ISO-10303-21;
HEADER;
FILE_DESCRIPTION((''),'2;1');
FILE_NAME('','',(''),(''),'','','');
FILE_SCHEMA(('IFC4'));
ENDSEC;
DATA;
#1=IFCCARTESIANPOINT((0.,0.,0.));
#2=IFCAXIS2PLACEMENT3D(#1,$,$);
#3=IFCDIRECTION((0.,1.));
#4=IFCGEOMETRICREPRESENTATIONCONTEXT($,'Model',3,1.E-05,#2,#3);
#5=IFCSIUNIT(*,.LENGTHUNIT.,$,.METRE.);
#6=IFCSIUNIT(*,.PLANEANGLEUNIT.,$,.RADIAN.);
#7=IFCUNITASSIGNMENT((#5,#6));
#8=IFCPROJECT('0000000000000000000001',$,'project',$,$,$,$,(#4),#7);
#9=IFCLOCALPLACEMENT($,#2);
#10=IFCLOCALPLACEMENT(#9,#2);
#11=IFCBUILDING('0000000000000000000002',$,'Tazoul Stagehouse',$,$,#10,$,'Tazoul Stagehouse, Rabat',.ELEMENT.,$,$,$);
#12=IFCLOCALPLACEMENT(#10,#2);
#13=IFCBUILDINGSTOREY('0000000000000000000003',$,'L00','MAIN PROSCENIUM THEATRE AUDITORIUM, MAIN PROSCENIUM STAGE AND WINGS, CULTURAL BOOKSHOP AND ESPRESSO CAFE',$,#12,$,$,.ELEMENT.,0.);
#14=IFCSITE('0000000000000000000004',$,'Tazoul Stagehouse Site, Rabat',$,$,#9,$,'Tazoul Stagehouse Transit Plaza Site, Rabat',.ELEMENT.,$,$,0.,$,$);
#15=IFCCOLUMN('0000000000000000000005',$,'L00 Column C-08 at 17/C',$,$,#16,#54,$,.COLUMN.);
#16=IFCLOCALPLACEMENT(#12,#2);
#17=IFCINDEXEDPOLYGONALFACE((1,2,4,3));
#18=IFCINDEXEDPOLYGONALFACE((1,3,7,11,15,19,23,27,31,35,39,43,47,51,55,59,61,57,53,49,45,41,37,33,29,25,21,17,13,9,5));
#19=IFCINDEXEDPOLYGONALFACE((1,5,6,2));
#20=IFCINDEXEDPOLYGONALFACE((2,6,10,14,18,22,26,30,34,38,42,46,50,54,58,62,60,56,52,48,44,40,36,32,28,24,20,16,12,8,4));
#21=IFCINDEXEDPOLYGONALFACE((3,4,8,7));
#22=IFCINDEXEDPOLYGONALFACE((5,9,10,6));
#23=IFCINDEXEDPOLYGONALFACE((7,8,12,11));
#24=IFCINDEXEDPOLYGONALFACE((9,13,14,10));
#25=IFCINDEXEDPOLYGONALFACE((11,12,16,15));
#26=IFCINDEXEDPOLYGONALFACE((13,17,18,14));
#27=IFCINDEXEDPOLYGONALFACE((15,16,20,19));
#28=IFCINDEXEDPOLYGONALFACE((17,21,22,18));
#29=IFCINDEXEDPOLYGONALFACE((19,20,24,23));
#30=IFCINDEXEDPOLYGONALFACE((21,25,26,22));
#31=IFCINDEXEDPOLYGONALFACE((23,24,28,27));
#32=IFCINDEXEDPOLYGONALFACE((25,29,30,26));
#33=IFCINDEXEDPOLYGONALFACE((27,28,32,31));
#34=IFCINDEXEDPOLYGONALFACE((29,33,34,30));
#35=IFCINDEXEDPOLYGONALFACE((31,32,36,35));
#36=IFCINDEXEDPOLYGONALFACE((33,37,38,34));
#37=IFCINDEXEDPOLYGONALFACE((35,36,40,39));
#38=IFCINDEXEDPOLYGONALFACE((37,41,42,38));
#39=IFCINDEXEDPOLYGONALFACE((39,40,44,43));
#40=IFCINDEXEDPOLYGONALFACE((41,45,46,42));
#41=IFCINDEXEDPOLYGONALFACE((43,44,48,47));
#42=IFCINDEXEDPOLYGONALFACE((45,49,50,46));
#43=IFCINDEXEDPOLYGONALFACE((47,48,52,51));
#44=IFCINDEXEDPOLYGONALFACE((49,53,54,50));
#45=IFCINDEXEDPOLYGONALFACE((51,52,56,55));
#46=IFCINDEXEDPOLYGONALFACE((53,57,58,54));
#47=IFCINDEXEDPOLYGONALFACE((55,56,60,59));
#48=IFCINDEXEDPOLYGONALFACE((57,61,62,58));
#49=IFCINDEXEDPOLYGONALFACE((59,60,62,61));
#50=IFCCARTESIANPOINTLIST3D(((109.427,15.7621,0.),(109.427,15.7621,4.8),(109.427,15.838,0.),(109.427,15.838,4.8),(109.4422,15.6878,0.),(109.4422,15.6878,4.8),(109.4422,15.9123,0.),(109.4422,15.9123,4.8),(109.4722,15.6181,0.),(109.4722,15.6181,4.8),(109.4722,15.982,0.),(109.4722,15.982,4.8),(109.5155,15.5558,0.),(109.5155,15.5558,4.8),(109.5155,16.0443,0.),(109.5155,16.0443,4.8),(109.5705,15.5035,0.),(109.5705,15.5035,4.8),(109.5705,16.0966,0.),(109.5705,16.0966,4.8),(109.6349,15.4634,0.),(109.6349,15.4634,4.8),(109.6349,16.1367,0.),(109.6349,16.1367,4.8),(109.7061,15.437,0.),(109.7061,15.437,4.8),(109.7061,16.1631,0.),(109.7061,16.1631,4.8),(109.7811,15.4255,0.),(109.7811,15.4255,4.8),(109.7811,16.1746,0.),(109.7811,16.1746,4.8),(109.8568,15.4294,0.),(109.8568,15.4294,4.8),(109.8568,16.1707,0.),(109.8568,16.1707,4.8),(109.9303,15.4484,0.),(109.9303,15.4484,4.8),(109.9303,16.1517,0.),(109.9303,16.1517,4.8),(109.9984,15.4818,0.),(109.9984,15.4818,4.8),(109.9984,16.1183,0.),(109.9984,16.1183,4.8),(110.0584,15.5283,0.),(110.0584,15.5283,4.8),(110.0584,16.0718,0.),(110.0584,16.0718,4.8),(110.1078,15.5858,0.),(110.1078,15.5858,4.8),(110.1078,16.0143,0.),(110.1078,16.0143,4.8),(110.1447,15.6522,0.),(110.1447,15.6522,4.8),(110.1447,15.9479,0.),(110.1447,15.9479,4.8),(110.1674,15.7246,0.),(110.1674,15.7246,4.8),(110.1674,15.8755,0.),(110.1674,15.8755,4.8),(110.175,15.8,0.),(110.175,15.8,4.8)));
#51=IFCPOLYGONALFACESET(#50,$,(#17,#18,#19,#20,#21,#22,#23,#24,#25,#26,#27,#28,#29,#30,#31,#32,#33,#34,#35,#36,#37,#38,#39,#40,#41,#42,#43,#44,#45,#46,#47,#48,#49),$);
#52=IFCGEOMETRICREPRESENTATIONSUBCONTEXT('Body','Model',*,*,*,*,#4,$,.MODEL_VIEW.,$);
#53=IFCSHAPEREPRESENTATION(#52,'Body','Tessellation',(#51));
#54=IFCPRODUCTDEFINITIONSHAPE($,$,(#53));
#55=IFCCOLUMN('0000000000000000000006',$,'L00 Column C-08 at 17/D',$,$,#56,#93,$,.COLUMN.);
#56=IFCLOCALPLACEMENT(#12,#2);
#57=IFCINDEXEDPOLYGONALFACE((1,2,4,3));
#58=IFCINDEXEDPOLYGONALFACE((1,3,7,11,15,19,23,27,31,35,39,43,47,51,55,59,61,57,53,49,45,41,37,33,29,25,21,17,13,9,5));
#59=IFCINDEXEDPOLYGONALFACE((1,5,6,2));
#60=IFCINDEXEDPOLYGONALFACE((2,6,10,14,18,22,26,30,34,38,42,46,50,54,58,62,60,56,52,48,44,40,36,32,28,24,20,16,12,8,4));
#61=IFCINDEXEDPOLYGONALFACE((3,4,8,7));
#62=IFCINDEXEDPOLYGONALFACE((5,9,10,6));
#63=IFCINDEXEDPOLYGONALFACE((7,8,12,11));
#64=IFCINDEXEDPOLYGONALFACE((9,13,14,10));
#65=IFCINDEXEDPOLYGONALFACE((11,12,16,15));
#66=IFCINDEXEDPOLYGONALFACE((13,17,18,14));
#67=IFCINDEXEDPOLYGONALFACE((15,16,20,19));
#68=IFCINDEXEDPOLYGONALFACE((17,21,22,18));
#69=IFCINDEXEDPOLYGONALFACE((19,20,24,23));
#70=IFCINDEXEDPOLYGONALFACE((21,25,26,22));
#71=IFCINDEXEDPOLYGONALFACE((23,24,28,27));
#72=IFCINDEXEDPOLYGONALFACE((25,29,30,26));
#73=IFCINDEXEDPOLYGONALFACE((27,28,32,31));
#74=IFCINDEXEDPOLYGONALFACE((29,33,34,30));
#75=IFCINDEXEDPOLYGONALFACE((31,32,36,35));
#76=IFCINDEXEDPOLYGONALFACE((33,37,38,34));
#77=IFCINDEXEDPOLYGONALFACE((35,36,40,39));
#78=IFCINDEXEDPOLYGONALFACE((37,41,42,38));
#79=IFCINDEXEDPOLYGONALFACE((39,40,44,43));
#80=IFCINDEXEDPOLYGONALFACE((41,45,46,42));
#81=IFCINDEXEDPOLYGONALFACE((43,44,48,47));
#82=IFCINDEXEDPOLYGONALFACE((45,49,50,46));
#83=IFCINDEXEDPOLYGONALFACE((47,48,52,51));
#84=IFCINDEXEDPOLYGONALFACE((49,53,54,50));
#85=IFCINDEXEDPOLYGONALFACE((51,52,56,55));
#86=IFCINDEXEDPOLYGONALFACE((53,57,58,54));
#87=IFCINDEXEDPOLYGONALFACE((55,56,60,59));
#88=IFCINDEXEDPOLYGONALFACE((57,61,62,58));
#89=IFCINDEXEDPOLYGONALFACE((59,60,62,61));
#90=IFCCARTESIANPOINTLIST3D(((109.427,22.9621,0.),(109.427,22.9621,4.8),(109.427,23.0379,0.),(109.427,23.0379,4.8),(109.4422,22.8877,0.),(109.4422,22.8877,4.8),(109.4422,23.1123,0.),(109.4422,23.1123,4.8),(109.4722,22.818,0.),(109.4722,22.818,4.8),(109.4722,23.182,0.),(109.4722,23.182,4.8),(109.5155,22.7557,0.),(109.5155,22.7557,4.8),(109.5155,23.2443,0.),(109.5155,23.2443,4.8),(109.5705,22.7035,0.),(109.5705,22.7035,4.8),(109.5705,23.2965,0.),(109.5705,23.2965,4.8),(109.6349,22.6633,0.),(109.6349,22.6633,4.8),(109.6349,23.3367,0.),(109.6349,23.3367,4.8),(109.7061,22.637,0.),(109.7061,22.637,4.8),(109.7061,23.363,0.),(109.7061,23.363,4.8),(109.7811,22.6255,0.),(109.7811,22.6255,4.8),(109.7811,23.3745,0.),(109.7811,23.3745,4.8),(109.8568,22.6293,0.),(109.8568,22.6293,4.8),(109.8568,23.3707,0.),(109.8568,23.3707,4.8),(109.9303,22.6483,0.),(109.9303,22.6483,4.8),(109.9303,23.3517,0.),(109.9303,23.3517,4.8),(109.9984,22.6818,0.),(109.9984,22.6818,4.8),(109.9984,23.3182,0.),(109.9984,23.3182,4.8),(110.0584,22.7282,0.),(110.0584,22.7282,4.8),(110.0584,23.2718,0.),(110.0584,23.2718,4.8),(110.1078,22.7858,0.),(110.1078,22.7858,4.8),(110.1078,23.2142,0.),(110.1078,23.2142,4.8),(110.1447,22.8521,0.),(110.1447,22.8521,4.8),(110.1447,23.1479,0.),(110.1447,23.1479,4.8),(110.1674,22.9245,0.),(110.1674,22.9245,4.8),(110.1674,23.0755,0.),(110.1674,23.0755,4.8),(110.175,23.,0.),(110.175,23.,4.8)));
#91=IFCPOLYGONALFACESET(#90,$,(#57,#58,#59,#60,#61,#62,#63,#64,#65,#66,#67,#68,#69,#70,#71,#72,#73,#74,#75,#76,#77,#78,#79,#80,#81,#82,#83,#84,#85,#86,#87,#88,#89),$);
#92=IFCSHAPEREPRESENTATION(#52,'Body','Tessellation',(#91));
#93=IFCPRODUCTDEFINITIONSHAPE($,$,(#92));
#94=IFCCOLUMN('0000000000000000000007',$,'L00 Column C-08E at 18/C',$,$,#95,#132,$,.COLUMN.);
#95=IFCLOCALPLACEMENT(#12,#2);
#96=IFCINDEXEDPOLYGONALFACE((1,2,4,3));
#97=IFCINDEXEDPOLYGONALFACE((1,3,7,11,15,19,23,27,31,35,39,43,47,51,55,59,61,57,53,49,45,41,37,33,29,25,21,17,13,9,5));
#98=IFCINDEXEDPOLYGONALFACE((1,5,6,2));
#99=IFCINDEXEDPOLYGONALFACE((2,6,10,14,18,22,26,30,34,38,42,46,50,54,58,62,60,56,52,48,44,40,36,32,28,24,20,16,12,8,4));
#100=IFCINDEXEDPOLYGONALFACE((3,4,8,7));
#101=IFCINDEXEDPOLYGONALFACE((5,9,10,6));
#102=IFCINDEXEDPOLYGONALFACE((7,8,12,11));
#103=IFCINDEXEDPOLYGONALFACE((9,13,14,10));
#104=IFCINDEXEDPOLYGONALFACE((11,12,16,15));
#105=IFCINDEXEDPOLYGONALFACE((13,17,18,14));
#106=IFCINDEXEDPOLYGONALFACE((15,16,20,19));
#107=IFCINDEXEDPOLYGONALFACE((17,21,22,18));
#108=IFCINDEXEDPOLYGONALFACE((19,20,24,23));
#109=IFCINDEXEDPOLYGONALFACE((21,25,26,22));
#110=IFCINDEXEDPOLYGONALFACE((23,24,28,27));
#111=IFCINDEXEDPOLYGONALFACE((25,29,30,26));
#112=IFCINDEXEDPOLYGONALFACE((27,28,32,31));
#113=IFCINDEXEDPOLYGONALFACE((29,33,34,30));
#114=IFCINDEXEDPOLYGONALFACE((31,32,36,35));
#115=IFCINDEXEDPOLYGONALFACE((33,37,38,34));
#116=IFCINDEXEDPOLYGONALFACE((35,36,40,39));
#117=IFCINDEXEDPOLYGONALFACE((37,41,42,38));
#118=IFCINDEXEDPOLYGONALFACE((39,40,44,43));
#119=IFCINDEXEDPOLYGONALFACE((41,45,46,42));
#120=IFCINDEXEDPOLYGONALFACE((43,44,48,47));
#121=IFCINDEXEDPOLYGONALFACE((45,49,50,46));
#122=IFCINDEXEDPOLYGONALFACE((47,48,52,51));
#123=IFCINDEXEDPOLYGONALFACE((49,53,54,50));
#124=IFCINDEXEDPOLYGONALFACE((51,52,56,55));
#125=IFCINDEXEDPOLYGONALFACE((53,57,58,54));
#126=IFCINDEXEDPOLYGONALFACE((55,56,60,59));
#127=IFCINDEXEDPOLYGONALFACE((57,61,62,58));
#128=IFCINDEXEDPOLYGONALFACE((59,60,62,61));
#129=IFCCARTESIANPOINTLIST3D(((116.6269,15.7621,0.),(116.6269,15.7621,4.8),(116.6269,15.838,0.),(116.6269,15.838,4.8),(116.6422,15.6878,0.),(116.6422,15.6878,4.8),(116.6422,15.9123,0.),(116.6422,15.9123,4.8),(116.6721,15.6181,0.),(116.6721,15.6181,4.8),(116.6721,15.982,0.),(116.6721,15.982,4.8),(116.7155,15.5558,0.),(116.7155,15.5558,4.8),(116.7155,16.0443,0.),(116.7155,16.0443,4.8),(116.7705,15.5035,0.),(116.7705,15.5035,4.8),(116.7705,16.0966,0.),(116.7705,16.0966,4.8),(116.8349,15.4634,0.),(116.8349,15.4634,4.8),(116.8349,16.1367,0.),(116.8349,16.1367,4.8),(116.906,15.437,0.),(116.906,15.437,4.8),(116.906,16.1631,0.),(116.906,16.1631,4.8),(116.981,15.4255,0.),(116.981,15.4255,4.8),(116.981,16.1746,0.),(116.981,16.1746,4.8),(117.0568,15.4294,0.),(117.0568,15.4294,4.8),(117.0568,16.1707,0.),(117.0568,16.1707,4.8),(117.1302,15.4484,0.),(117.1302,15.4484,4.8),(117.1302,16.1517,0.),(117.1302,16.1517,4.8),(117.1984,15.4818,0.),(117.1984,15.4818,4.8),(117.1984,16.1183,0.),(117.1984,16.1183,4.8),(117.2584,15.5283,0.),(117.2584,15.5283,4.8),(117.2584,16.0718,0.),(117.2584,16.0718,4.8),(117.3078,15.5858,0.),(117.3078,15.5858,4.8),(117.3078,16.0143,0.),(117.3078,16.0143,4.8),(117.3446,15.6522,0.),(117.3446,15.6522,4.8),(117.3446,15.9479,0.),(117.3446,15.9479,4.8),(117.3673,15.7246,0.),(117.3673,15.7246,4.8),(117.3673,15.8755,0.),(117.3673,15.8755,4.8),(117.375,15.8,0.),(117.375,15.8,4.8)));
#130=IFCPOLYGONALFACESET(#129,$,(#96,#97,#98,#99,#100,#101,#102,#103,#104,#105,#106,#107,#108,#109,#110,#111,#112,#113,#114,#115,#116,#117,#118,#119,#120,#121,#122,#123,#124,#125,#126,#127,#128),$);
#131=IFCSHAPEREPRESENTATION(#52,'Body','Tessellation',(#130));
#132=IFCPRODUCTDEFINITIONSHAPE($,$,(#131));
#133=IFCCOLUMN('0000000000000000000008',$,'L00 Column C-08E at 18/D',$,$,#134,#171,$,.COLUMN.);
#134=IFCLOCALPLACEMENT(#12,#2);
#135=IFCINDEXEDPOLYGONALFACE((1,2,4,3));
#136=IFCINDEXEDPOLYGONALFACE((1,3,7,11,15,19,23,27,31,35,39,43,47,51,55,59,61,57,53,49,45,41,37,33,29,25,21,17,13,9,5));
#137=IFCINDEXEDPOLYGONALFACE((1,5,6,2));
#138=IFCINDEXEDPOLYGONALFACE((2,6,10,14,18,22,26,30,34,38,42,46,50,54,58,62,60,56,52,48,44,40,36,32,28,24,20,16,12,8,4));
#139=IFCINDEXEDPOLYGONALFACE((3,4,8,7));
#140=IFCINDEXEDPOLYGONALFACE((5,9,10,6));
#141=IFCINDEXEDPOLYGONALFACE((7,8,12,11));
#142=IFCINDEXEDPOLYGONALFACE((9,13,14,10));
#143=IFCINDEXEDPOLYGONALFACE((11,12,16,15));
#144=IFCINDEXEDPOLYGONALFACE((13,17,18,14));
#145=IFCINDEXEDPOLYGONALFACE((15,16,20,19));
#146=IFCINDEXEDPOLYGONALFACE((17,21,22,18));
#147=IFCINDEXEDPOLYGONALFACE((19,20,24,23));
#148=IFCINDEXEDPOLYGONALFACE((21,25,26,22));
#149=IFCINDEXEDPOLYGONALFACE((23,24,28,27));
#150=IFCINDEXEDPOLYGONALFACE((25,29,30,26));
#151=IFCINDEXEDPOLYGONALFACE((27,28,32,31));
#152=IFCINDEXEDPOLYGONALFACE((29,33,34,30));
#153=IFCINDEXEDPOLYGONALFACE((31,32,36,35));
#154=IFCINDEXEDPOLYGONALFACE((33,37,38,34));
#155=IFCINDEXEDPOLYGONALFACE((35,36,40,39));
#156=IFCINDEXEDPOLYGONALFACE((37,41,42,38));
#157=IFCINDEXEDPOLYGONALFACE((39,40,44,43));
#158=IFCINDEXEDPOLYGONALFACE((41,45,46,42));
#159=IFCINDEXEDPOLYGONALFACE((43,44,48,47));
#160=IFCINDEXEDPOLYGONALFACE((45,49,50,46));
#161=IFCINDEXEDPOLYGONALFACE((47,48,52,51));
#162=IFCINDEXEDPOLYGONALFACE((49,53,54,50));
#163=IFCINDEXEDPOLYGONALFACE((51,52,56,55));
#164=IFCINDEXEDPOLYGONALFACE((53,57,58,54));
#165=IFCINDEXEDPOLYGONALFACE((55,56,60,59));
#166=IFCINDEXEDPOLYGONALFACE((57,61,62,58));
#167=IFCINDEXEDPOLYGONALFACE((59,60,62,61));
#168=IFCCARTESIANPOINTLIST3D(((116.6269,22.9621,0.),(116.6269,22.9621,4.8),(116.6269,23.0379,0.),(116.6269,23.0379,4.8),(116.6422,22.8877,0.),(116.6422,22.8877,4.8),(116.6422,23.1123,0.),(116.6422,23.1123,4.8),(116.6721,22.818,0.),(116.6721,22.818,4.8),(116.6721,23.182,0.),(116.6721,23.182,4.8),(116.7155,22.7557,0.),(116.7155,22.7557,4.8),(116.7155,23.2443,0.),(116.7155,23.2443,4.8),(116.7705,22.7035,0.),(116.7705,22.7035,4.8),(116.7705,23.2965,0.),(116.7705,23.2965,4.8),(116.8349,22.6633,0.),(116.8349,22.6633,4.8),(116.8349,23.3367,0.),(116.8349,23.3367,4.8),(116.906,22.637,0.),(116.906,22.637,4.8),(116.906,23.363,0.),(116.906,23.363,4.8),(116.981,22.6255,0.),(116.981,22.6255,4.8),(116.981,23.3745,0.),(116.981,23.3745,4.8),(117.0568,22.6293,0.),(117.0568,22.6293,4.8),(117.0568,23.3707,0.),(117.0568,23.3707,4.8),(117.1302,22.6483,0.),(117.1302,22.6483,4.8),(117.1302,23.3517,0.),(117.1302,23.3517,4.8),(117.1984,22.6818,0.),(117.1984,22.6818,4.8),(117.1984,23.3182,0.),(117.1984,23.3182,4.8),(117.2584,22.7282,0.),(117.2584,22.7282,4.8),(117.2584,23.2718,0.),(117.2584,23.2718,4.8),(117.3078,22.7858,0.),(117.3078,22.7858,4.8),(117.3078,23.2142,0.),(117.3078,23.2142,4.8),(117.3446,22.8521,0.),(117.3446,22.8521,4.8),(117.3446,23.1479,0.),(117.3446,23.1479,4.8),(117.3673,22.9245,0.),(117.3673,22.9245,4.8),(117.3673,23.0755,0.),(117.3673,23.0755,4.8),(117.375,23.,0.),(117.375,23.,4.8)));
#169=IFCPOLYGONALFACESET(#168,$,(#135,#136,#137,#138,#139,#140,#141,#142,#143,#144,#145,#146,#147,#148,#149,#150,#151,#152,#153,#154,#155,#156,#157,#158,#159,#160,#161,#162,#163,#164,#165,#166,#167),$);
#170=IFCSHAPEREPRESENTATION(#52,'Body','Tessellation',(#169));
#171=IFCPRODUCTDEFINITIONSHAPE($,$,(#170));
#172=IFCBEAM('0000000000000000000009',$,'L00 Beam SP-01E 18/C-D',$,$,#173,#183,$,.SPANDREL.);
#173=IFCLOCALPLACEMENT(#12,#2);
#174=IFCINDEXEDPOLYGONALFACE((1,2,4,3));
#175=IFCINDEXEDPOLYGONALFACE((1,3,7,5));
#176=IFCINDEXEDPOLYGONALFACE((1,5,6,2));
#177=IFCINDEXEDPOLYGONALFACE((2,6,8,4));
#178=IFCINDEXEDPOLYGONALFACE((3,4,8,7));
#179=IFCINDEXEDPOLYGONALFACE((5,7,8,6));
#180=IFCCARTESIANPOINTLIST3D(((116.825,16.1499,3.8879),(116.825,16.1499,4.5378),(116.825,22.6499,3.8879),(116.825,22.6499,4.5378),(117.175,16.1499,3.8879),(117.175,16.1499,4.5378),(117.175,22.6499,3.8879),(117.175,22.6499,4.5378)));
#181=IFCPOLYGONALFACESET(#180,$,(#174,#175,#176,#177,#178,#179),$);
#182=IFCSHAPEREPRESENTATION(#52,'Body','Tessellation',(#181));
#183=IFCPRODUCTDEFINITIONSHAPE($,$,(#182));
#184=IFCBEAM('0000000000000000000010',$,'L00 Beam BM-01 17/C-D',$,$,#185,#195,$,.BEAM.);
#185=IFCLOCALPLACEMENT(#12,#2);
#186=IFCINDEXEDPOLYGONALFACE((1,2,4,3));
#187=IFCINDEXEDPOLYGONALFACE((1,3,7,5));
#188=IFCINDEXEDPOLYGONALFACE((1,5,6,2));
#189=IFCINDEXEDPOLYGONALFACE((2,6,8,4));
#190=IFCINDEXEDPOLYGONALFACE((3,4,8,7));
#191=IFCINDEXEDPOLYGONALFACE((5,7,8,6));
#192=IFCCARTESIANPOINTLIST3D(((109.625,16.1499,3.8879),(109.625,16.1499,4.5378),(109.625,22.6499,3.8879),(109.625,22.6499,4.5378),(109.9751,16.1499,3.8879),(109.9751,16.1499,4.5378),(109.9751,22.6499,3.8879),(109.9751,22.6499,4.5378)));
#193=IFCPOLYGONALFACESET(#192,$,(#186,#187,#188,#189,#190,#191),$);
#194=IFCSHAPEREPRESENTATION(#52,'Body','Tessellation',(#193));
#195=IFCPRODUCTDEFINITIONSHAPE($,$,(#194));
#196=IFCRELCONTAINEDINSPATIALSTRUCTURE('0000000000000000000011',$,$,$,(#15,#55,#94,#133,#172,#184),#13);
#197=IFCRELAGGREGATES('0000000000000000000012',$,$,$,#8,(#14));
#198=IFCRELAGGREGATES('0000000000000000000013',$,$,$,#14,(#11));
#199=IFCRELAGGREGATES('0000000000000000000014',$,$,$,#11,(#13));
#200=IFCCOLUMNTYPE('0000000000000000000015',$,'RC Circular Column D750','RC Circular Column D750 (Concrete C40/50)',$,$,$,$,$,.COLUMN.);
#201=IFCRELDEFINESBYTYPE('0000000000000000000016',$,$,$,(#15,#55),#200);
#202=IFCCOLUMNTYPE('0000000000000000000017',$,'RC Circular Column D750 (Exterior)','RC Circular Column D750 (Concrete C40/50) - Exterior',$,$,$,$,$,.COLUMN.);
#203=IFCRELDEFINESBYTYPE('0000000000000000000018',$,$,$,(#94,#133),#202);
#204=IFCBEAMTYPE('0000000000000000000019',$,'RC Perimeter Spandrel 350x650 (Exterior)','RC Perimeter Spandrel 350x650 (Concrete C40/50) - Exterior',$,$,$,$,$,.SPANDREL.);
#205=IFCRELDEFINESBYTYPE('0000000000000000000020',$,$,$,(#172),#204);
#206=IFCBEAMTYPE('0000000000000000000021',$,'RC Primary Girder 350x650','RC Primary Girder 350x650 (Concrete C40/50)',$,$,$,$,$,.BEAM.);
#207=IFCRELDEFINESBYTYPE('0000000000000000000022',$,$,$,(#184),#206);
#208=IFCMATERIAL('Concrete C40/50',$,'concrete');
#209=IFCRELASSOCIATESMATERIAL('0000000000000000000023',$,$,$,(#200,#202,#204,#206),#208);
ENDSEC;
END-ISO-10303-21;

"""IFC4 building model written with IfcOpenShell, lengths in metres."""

from ifc_helpers import new_model, si_unit, direction, frame, origin, origin_2d, place, context, subcontext, project, spatial, rectangle, circle, extrude, material, material_profile, profile_set, type_object, element, save


model = new_model("IFC4")

# Units and contexts
model_context = context("Model", 3, precision=1e-05, world=origin(), true_north=direction((0.0, 1.0)))
body_context = subcontext(model_context, "Body", "Model", "MODEL_VIEW")
ifc_project = project(units=[si_unit("LENGTHUNIT", "METRE"), si_unit("PLANEANGLEUNIT", "RADIAN")], contexts=[model_context])

# Site, building, storey
site_placement = place(None, origin())
site = spatial("IfcSite", under=ifc_project, at=site_placement, Name="Tazoul Stagehouse Site, Rabat", LongName="Tazoul Stagehouse Transit Plaza Site, Rabat", CompositionType="ELEMENT", RefElevation=0.0)
building_placement = place(site_placement, origin())
building = spatial("IfcBuilding", under=site, at=building_placement, Name="Tazoul Stagehouse", LongName="Tazoul Stagehouse, Rabat", CompositionType="ELEMENT")
storey_placement = place(building_placement, origin())
storey = spatial("IfcBuildingStorey", under=building, at=storey_placement, Name="L00", Description="MAIN PROSCENIUM THEATRE AUDITORIUM, MAIN PROSCENIUM STAGE AND WINGS, CULTURAL BOOKSHOP AND ESPRESSO CAFE", CompositionType="ELEMENT", Elevation=0.0)

# Columns
ifc_material_1 = material(Name="Concrete C40/50", Category="concrete")
ifc_material_profile_1 = material_profile(ifc_material_1, circle(Radius=0.375, at=origin_2d()), Name="RC D750")
ifc_profile_set_1 = profile_set([ifc_material_profile_1], Name="Concrete C40/50")
column_type_1 = type_object("IfcColumnType", Name="RC Circular Column D750", Description="RC Circular Column D750 (Concrete C40/50)", PredefinedType="COLUMN", material=ifc_profile_set_1)
for number, where, z_axis, x_axis, name in (
    (1, (109.8, 15.8, 0.0), (0.0, 0.0, 1.0), (1.0, 0.0, 0.0), "L00 Column C-08 at 17/C"),
    (2, (109.8, 23.0, 0.0), (0.0, 0.0, 1.0), (1.0, 0.0, 0.0), "L00 Column C-08 at 17/D"),
):
    element("IfcColumn", number, at=place(storey_placement, frame(where, z_axis=z_axis, x_axis=x_axis)), inside=storey, type_object=column_type_1, Name=name, PredefinedType="COLUMN", context=body_context, shape_type="SweptSolid", body=[
        extrude(circle(Radius=0.375, at=origin_2d()), origin(), (0.0, 0.0, 1.0), 4.8),
    ])
ifc_material_profile_2 = material_profile(ifc_material_1, circle(Radius=0.375, at=origin_2d()), Name="RC D750")
ifc_profile_set_2 = profile_set([ifc_material_profile_2], Name="Concrete C40/50")
column_type_2 = type_object("IfcColumnType", Name="RC Circular Column D750 (Exterior)", Description="RC Circular Column D750 (Concrete C40/50) - Exterior", PredefinedType="COLUMN", material=ifc_profile_set_2)
for number, where, z_axis, x_axis, name in (
    (3, (117.0, 15.8, 0.0), (0.0, 0.0, 1.0), (1.0, 0.0, 0.0), "L00 Column C-08E at 18/C"),
    (4, (117.0, 23.0, 0.0), (0.0, 0.0, 1.0), (1.0, 0.0, 0.0), "L00 Column C-08E at 18/D"),
):
    element("IfcColumn", number, at=place(storey_placement, frame(where, z_axis=z_axis, x_axis=x_axis)), inside=storey, type_object=column_type_2, Name=name, PredefinedType="COLUMN", context=body_context, shape_type="SweptSolid", body=[
        extrude(circle(Radius=0.375, at=origin_2d()), origin(), (0.0, 0.0, 1.0), 4.8),
    ])

# Beams
ifc_material_profile_3 = material_profile(ifc_material_1, rectangle(XDim=0.3501, YDim=0.6499, at=origin_2d()), Name="RC 350x650")
ifc_profile_set_3 = profile_set([ifc_material_profile_3], Name="Concrete C40/50")
beam_type_1 = type_object("IfcBeamType", Name="RC Perimeter Spandrel 350x650 (Exterior)", Description="RC Perimeter Spandrel 350x650 (Concrete C40/50) - Exterior", PredefinedType="SPANDREL", material=ifc_profile_set_3)
beam_1_placement = place(storey_placement, frame((117.0, 16.1499, 4.2129), z_axis=(0.0, 1.0, 0.0), x_axis=(-1.0, 0.0, 0.0)))
element("IfcBeam", 5, at=beam_1_placement, inside=storey, type_object=beam_type_1, Name="L00 Beam SP-01E 18/C-D", PredefinedType="SPANDREL", context=body_context, shape_type="SweptSolid", body=[
    extrude(rectangle(XDim=0.3501, YDim=0.6499, at=origin_2d()), origin(), (0.0, 0.0, 1.0), 6.5),
])
ifc_material_profile_4 = material_profile(ifc_material_1, rectangle(XDim=0.3501, YDim=0.6499, at=origin_2d()), Name="RC 350x650")
ifc_profile_set_4 = profile_set([ifc_material_profile_4], Name="Concrete C40/50")
beam_type_2 = type_object("IfcBeamType", Name="RC Primary Girder 350x650", Description="RC Primary Girder 350x650 (Concrete C40/50)", PredefinedType="BEAM", material=ifc_profile_set_4)
beam_2_placement = place(storey_placement, frame((109.8, 16.1499, 4.2129), z_axis=(0.0, 1.0, 0.0), x_axis=(-1.0, 0.0, 0.0)))
element("IfcBeam", 6, at=beam_2_placement, inside=storey, type_object=beam_type_2, Name="L00 Beam BM-01 17/C-D", PredefinedType="BEAM", context=body_context, shape_type="SweptSolid", body=[
    extrude(rectangle(XDim=0.3501, YDim=0.6499, at=origin_2d()), origin(), (0.0, 0.0, 1.0), 6.5),
])

save(model, "model.ifc")
